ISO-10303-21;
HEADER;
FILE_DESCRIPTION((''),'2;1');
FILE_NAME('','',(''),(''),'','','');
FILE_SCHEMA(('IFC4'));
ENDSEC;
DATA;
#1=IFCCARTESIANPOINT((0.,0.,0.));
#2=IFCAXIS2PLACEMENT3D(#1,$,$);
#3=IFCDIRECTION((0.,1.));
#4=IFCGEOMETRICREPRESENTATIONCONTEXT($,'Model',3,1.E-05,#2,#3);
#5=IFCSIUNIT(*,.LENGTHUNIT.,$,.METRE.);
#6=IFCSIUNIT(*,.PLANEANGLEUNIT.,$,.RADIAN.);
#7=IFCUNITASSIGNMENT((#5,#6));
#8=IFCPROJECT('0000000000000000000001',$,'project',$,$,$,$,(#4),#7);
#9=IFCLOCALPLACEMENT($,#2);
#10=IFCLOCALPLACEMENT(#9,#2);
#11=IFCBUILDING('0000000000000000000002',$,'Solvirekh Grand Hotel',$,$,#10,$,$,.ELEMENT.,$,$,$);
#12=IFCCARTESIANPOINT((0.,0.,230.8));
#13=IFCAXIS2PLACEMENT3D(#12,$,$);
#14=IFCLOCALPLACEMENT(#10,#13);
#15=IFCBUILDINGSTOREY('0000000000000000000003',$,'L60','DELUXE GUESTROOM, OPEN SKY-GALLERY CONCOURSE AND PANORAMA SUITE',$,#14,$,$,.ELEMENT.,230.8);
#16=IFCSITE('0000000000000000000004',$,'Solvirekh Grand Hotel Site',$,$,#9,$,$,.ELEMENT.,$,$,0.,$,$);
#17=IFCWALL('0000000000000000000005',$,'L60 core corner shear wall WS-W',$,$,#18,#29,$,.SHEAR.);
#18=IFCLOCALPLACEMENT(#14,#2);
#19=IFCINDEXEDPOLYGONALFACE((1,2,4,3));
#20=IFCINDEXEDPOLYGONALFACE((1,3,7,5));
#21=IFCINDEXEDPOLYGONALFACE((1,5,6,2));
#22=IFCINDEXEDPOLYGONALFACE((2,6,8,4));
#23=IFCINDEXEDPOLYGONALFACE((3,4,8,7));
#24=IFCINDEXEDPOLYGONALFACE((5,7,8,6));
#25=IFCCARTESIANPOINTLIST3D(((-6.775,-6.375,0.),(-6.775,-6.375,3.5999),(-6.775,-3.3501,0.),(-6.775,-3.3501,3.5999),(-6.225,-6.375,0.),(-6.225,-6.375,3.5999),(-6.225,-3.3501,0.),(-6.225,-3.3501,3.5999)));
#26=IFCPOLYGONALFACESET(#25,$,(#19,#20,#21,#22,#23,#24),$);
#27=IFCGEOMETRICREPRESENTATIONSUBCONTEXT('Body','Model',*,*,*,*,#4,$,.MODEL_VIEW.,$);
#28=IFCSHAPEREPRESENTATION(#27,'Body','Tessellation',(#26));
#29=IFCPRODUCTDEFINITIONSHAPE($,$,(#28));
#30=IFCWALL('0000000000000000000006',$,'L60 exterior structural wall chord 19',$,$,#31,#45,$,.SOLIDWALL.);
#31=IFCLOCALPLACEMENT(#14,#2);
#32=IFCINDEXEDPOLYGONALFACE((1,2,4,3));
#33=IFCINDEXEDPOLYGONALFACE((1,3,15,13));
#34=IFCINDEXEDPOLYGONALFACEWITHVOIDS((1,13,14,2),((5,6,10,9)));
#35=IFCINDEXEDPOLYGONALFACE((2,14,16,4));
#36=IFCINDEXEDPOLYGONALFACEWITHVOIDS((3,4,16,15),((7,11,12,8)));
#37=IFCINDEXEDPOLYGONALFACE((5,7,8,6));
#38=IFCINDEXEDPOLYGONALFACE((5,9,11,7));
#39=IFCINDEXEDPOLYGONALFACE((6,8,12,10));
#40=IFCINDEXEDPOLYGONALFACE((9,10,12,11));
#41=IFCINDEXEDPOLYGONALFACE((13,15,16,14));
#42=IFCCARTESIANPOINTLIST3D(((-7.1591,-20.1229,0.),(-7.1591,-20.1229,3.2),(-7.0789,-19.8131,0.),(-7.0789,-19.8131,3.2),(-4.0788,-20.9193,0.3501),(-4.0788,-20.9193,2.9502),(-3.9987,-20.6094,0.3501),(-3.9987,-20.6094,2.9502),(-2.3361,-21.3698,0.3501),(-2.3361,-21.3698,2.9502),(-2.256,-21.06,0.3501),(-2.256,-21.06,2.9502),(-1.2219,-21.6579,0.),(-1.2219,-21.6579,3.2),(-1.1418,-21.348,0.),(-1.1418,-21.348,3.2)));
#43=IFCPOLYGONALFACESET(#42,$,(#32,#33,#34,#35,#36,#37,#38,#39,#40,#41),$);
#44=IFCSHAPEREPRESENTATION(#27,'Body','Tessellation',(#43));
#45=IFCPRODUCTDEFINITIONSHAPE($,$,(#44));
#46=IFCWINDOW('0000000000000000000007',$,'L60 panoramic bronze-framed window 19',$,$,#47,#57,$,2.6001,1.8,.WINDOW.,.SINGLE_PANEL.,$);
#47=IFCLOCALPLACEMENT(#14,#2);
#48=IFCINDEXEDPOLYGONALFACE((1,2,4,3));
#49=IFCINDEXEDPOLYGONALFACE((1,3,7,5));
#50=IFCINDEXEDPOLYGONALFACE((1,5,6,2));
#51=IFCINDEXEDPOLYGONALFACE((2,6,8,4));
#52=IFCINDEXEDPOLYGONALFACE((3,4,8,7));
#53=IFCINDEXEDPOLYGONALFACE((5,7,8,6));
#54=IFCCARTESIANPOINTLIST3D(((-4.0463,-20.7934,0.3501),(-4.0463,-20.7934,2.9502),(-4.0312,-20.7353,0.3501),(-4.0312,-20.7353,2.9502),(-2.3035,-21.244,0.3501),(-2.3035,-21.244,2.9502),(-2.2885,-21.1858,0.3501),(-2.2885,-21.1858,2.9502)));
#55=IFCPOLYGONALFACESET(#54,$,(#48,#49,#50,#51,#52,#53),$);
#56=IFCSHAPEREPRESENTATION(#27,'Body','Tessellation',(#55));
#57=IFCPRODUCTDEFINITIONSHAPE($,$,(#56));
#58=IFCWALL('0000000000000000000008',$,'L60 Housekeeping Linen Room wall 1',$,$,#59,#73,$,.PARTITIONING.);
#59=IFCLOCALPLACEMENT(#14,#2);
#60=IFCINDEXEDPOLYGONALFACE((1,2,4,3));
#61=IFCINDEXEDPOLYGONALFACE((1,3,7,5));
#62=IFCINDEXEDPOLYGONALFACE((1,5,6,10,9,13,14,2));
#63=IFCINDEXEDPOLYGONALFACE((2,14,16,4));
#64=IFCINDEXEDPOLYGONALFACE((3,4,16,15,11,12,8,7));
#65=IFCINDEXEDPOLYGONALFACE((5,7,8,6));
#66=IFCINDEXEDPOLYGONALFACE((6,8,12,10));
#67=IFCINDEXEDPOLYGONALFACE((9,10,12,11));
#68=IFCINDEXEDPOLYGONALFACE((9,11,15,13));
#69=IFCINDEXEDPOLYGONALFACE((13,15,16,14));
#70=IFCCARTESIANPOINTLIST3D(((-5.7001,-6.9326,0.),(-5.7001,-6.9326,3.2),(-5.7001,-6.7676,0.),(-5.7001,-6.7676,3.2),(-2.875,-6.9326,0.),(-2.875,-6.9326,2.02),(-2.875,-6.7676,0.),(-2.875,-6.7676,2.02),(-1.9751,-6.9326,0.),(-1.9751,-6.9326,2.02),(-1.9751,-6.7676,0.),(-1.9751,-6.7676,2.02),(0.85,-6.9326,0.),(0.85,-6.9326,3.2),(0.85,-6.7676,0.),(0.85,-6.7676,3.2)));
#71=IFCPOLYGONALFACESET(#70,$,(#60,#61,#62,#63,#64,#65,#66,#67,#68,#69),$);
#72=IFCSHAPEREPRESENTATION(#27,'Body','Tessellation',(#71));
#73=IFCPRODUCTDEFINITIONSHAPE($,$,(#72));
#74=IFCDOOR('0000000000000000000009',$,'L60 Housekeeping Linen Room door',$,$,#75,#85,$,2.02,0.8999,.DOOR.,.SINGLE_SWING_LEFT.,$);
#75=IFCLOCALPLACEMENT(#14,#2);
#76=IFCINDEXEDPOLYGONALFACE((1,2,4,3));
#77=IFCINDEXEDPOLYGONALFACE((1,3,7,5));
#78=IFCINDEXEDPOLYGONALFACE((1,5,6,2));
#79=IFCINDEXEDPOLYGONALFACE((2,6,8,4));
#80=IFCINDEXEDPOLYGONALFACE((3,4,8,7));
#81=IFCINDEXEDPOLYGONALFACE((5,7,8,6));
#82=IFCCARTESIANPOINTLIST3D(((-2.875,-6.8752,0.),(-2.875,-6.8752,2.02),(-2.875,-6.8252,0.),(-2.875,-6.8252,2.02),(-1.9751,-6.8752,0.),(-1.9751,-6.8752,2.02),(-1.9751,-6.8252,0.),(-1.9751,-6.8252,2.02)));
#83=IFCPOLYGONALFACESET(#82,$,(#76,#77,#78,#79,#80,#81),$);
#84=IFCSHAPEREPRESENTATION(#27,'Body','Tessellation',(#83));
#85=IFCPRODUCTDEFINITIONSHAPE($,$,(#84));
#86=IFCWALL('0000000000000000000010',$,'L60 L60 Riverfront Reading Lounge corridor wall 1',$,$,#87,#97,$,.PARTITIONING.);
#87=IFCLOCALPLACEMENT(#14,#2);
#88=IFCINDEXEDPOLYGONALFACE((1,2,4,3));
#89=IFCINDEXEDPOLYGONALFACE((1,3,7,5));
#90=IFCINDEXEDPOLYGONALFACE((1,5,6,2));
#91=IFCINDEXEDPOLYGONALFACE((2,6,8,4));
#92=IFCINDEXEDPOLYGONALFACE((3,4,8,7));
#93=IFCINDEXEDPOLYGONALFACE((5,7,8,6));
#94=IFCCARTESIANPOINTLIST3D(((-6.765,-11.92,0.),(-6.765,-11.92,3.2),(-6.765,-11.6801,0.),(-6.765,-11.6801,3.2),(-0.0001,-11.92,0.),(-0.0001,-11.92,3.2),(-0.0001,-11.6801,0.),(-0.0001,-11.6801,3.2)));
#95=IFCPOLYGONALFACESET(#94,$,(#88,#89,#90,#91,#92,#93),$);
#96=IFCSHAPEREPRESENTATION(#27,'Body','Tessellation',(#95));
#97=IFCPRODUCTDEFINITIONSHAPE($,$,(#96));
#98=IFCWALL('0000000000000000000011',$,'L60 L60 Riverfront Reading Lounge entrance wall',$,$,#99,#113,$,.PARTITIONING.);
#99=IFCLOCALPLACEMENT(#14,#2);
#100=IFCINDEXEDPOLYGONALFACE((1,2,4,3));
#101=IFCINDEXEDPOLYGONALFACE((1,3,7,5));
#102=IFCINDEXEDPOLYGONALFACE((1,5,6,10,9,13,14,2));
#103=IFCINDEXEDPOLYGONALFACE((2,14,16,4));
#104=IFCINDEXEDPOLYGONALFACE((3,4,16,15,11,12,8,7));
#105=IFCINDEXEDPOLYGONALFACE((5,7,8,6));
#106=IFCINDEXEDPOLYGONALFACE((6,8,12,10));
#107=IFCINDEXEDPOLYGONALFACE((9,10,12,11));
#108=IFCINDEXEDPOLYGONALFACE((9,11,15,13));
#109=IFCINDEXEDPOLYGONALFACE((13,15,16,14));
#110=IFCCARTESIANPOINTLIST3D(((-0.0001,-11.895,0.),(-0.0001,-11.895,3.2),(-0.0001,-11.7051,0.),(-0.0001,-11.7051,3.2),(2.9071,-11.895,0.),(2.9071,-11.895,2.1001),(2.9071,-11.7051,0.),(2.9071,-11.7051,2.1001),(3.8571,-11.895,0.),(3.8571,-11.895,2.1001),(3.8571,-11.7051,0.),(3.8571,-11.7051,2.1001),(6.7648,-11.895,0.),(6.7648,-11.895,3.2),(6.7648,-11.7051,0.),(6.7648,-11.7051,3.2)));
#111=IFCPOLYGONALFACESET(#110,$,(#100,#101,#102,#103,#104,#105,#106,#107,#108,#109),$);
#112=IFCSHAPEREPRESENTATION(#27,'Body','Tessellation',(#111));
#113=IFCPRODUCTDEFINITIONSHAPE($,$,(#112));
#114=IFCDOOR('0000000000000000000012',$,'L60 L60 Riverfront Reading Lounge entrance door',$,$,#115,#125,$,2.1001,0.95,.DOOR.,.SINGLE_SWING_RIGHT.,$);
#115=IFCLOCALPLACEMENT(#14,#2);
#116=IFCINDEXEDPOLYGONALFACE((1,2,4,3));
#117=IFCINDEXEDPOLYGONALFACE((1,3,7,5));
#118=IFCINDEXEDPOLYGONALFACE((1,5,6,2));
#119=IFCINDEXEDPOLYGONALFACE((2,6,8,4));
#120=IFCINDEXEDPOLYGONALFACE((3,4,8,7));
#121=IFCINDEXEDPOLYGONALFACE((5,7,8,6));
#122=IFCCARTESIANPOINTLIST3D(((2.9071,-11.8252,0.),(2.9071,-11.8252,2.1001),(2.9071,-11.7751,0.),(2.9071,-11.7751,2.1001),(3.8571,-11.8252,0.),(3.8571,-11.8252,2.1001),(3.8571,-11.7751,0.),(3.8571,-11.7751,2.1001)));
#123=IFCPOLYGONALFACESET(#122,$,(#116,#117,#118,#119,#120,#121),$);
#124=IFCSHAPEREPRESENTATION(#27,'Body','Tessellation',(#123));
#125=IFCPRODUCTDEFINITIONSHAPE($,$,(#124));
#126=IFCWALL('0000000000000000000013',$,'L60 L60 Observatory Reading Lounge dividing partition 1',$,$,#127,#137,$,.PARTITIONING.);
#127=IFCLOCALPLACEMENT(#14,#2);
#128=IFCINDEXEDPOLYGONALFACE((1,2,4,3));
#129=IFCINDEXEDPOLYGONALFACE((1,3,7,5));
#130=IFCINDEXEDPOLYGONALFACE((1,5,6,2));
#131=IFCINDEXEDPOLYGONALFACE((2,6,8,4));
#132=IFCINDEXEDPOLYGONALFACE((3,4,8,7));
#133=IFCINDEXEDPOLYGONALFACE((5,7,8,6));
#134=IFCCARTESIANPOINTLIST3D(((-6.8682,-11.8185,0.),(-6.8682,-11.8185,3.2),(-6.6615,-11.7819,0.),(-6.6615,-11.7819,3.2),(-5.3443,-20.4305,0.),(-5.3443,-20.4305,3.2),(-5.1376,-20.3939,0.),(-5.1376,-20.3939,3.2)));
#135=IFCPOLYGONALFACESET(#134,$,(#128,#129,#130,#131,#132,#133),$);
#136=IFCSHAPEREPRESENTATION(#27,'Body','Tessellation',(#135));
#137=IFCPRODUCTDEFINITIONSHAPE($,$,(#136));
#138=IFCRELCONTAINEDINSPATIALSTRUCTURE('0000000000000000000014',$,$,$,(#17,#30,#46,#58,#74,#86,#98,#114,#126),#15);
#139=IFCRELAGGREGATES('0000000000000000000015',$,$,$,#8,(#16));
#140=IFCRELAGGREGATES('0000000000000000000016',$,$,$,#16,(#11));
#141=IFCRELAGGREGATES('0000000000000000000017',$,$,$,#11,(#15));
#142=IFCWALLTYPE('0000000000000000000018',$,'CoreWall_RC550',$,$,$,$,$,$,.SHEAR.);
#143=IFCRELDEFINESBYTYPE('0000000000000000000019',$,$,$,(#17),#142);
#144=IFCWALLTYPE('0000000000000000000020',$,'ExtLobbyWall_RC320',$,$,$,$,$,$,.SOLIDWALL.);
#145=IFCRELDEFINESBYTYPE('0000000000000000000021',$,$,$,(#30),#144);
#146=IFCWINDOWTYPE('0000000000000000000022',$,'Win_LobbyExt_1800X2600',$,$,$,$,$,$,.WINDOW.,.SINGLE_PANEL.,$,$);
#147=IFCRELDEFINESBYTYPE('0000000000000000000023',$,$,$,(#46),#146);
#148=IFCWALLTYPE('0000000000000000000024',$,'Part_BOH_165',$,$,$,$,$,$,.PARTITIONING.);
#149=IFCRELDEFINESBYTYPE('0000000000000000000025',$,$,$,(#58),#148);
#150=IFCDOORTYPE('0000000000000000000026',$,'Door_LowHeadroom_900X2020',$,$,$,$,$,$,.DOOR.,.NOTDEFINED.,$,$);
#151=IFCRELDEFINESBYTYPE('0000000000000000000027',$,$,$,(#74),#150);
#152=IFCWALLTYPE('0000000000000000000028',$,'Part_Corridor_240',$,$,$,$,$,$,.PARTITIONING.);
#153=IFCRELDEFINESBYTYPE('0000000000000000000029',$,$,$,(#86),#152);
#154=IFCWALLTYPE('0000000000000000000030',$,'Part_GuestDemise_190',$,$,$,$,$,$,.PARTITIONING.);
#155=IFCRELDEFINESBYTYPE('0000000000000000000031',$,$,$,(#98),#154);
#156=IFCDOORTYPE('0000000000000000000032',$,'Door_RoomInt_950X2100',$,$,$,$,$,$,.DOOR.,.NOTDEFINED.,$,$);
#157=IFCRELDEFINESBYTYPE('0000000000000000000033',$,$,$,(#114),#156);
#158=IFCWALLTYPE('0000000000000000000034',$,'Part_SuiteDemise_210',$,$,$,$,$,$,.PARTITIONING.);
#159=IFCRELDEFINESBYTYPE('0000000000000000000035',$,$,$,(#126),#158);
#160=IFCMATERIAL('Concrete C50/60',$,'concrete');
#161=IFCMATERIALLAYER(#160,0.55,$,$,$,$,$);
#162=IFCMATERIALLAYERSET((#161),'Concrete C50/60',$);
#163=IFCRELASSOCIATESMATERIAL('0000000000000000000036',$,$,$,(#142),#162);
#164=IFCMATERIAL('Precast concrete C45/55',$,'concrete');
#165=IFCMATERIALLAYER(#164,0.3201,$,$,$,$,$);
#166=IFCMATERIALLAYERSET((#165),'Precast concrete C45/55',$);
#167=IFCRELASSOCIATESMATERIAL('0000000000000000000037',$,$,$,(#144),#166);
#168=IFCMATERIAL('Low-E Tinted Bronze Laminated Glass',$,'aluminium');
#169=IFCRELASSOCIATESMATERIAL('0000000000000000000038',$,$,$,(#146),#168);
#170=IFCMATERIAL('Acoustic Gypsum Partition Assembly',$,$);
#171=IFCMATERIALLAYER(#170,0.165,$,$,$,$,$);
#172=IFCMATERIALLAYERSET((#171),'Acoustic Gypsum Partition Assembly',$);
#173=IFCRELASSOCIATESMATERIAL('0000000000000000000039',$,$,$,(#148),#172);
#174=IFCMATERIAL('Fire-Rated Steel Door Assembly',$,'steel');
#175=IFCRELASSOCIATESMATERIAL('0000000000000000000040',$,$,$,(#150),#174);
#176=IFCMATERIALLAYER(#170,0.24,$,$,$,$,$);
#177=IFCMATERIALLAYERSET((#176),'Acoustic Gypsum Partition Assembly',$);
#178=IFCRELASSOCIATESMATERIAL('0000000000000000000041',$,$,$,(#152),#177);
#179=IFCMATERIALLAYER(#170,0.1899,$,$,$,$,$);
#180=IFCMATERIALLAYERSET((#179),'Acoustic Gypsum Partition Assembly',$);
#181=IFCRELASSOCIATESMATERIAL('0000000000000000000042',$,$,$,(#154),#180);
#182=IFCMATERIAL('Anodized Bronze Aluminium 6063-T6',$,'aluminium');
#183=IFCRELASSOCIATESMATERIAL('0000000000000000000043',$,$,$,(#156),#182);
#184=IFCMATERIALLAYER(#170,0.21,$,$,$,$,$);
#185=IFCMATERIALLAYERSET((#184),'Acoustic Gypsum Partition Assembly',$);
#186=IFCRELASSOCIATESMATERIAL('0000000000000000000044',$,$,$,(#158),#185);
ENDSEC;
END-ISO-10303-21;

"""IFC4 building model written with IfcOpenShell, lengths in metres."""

from ifc_helpers import new_model, si_unit, direction, frame, frame_2d, origin, place, context, subcontext, project, spatial, rectangle, extrude, material, layer, layer_set, type_object, element, fill, save


model = new_model("IFC4")

# Units and contexts
model_context = context("Model", 3, precision=1e-05, world=origin(), true_north=direction((0.0, 1.0)))
body_context = subcontext(model_context, "Body", "Model", "MODEL_VIEW")
ifc_project = project(units=[si_unit("LENGTHUNIT", "METRE"), si_unit("PLANEANGLEUNIT", "RADIAN")], contexts=[model_context])

# Site, building, storey
site_placement = place(None, origin())
site = spatial("IfcSite", under=ifc_project, at=site_placement, Name="Solvirekh Grand Hotel Site", CompositionType="ELEMENT", RefElevation=0.0)
building_placement = place(site_placement, origin())
building = spatial("IfcBuilding", under=site, at=building_placement, Name="Solvirekh Grand Hotel", CompositionType="ELEMENT")
storey_placement = place(building_placement, frame((0.0, 0.0, 230.8)))
storey = spatial("IfcBuildingStorey", under=building, at=storey_placement, Name="L60", Description="DELUXE GUESTROOM, OPEN SKY-GALLERY CONCOURSE AND PANORAMA SUITE", CompositionType="ELEMENT", Elevation=230.8)

# Shared definitions
ifc_material_1 = material(Name="Concrete C50/60", Category="concrete")

# Shared definitions
ifc_material_2 = material(Name="Anodized Bronze Aluminium 6063-T6", Category="aluminium")
ifc_material_3 = material(Name="Low-E Tinted Bronze Laminated Glass", Category="aluminium")

# Wall
ifc_layer_1 = layer(ifc_material_1, 0.55)
ifc_layer_set_1 = layer_set([ifc_layer_1], Name="Concrete C50/60")
wall_type_1 = type_object("IfcWallType", Name="CoreWall_RC550", PredefinedType="SHEAR", material=ifc_layer_set_1)
wall_1_placement = place(storey_placement, frame((-6.5, -6.375, 0.0), z_axis=(0.0, 0.0, 1.0), x_axis=(0.0, 1.0, 0.0)))
element("IfcWall", 1, at=wall_1_placement, inside=storey, type_object=wall_type_1, Name="L60 core corner shear wall WS-W", PredefinedType="SHEAR", context=body_context, shape_type="SweptSolid", body=[
    extrude(rectangle(XDim=3.0249, YDim=0.55, at=frame_2d((1.5125, 0.0))), origin(), (0.0, 0.0, 1.0), 3.5999),
])

# Wall, opening, window
ifc_material_4 = material(Name="Precast concrete C45/55", Category="concrete")
ifc_layer_2 = layer(ifc_material_4, 0.3201)
ifc_layer_set_2 = layer_set([ifc_layer_2], Name="Precast concrete C45/55")
wall_type_2 = type_object("IfcWallType", Name="ExtLobbyWall_RC320", PredefinedType="SOLIDWALL", material=ifc_layer_set_2)
wall_2_placement = place(storey_placement, frame((-1.1819, -21.5029, 0.0), z_axis=(0.0, 0.0, 1.0), x_axis=(-0.968168, 0.250303, 0.0)))
wall_2 = element("IfcWall", 2, at=wall_2_placement, inside=storey, type_object=wall_type_2, Name="L60 exterior structural wall chord 19", PredefinedType="SOLIDWALL", context=body_context, shape_type="SweptSolid", body=[
    extrude(rectangle(XDim=6.1323, YDim=0.3201, at=frame_2d((3.0662, 0.0))), origin(), (0.0, 0.0, 1.0), 3.2),
])
opening_1_placement = place(wall_2_placement, frame((1.1509, 0.0, 0.3501)))
opening_1 = element("IfcOpeningElement", 3, at=opening_1_placement, cuts=wall_2, PredefinedType="OPENING", context=body_context, shape_type="SweptSolid", body=[
    extrude(rectangle(XDim=1.8, YDim=2.6001, at=frame_2d((0.8999, 1.3))), frame((0.0, 0.1699, 0.0), z_axis=(0.0, -1.0, 0.0), x_axis=(1.0, 0.0, 0.0)), (0.0, 0.0, 1.0), 0.3401),
])
window_type = type_object("IfcWindowType", Name="Win_LobbyExt_1800X2600", PartitioningType="SINGLE_PANEL", PredefinedType="WINDOW", material=ifc_material_3)
window_placement = place(opening_1_placement, origin())
window = element("IfcWindow", 4, at=window_placement, inside=storey, type_object=window_type, Name="L60 panoramic bronze-framed window 19", OverallHeight=2.6001, OverallWidth=1.8, PartitioningType="SINGLE_PANEL", PredefinedType="WINDOW", context=body_context, shape_type="SweptSolid", body=[
    extrude(rectangle(XDim=1.8, YDim=2.6001, at=frame_2d((0.8999, 1.3))), frame((0.0, 0.03, 0.0), z_axis=(0.0, -1.0, 0.0), x_axis=(1.0, 0.0, 0.0)), (0.0, 0.0, 1.0), 0.0601),
])
fill(opening_1, window)

# Wall, opening, door
ifc_material_5 = material(Name="Acoustic Gypsum Partition Assembly")
ifc_layer_3 = layer(ifc_material_5, 0.165)
ifc_layer_set_3 = layer_set([ifc_layer_3], Name="Acoustic Gypsum Partition Assembly")
wall_type_3 = type_object("IfcWallType", Name="Part_BOH_165", PredefinedType="PARTITIONING", material=ifc_layer_set_3)
wall_3_placement = place(storey_placement, frame((-5.7, -6.8501, 0.0), z_axis=(0.0, 0.0, 1.0), x_axis=(1.0, 0.0, 0.0)))
wall_3 = element("IfcWall", 5, at=wall_3_placement, inside=storey, type_object=wall_type_3, Name="L60 Housekeeping Linen Room wall 1", PredefinedType="PARTITIONING", context=body_context, shape_type="SweptSolid", body=[
    extrude(rectangle(XDim=6.55, YDim=0.165, at=frame_2d((3.2749, 0.0))), origin(), (0.0, 0.0, 1.0), 3.2),
])
opening_2_placement = place(wall_3_placement, frame((2.825, 0.0, 0.0)))
opening_2 = element("IfcOpeningElement", 6, at=opening_2_placement, cuts=wall_3, PredefinedType="OPENING", context=body_context, shape_type="SweptSolid", body=[
    extrude(rectangle(XDim=0.8999, YDim=2.02, at=frame_2d((0.45, 1.01))), frame((0.0, 0.0925, 0.0), z_axis=(0.0, -1.0, 0.0), x_axis=(1.0, 0.0, 0.0)), (0.0, 0.0, 1.0), 0.1851),
])
ifc_material_6 = material(Name="Fire-Rated Steel Door Assembly", Category="steel")
door_type_1 = type_object("IfcDoorType", Name="Door_LowHeadroom_900X2020", OperationType="NOTDEFINED", PredefinedType="DOOR", material=ifc_material_6)
door_1_placement = place(opening_2_placement, origin())
door_1 = element("IfcDoor", 7, at=door_1_placement, inside=storey, type_object=door_type_1, Name="L60 Housekeeping Linen Room door", OperationType="SINGLE_SWING_LEFT", OverallHeight=2.02, OverallWidth=0.8999, PredefinedType="DOOR", context=body_context, shape_type="SweptSolid", body=[
    extrude(rectangle(XDim=0.8999, YDim=2.02, at=frame_2d((0.45, 1.01))), frame((0.0, 0.0249, 0.0), z_axis=(0.0, -1.0, 0.0), x_axis=(1.0, 0.0, 0.0)), (0.0, 0.0, 1.0), 0.05),
])
fill(opening_2, door_1)

# Wall
ifc_layer_4 = layer(ifc_material_5, 0.24)
ifc_layer_set_4 = layer_set([ifc_layer_4], Name="Acoustic Gypsum Partition Assembly")
wall_type_4 = type_object("IfcWallType", Name="Part_Corridor_240", PredefinedType="PARTITIONING", material=ifc_layer_set_4)
wall_4_placement = place(storey_placement, frame((-6.7649, -11.8, 0.0), z_axis=(0.0, 0.0, 1.0), x_axis=(1.0, 0.0, 0.0)))
element("IfcWall", 8, at=wall_4_placement, inside=storey, type_object=wall_type_4, Name="L60 L60 Riverfront Reading Lounge corridor wall 1", PredefinedType="PARTITIONING", context=body_context, shape_type="SweptSolid", body=[
    extrude(rectangle(XDim=6.7649, YDim=0.24, at=frame_2d((3.3823, 0.0))), origin(), (0.0, 0.0, 1.0), 3.2),
])

# Wall, opening, door
ifc_layer_5 = layer(ifc_material_5, 0.1899)
ifc_layer_set_5 = layer_set([ifc_layer_5], Name="Acoustic Gypsum Partition Assembly")
wall_type_5 = type_object("IfcWallType", Name="Part_GuestDemise_190", PredefinedType="PARTITIONING", material=ifc_layer_set_5)
wall_5_placement = place(storey_placement, frame((0.0, -11.8, 0.0), z_axis=(0.0, 0.0, 1.0), x_axis=(1.0, 0.0, 0.0)))
wall_5 = element("IfcWall", 9, at=wall_5_placement, inside=storey, type_object=wall_type_5, Name="L60 L60 Riverfront Reading Lounge entrance wall", PredefinedType="PARTITIONING", context=body_context, shape_type="SweptSolid", body=[
    extrude(rectangle(XDim=6.7649, YDim=0.1899, at=frame_2d((3.3823, 0.0))), origin(), (0.0, 0.0, 1.0), 3.2),
])
opening_3_placement = place(wall_5_placement, frame((2.907, 0.0, 0.0)))
opening_3 = element("IfcOpeningElement", 10, at=opening_3_placement, cuts=wall_5, PredefinedType="OPENING", context=body_context, shape_type="SweptSolid", body=[
    extrude(rectangle(XDim=0.95, YDim=2.1001, at=frame_2d((0.4751, 1.05))), frame((0.0, 0.105, 0.0), z_axis=(0.0, -1.0, 0.0), x_axis=(1.0, 0.0, 0.0)), (0.0, 0.0, 1.0), 0.21),
])
door_type_2 = type_object("IfcDoorType", Name="Door_RoomInt_950X2100", OperationType="NOTDEFINED", PredefinedType="DOOR", material=ifc_material_2)
door_2_placement = place(opening_3_placement, origin())
door_2 = element("IfcDoor", 11, at=door_2_placement, inside=storey, type_object=door_type_2, Name="L60 L60 Riverfront Reading Lounge entrance door", OperationType="SINGLE_SWING_RIGHT", OverallHeight=2.1001, OverallWidth=0.95, PredefinedType="DOOR", context=body_context, shape_type="SweptSolid", body=[
    extrude(rectangle(XDim=0.95, YDim=2.1001, at=frame_2d((0.4751, 1.05))), frame((0.0, 0.0249, 0.0), z_axis=(0.0, -1.0, 0.0), x_axis=(1.0, 0.0, 0.0)), (0.0, 0.0, 1.0), 0.05),
])
fill(opening_3, door_2)

# Wall
ifc_layer_6 = layer(ifc_material_5, 0.21)
ifc_layer_set_6 = layer_set([ifc_layer_6], Name="Acoustic Gypsum Partition Assembly")
wall_type_6 = type_object("IfcWallType", Name="Part_SuiteDemise_210", PredefinedType="PARTITIONING", material=ifc_layer_set_6)
wall_6_placement = place(storey_placement, frame((-6.7649, -11.8, 0.0), z_axis=(0.0, 0.0, 1.0), x_axis=(0.174246, -0.984702, 0.0)))
element("IfcWall", 12, at=wall_6_placement, inside=storey, type_object=wall_type_6, Name="L60 L60 Observatory Reading Lounge dividing partition 1", PredefinedType="PARTITIONING", context=body_context, shape_type="SweptSolid", body=[
    extrude(rectangle(XDim=8.7458, YDim=0.21, at=frame_2d((4.373, 0.0))), origin(), (0.0, 0.0, 1.0), 3.2),
])

save(model, "model.ifc")
